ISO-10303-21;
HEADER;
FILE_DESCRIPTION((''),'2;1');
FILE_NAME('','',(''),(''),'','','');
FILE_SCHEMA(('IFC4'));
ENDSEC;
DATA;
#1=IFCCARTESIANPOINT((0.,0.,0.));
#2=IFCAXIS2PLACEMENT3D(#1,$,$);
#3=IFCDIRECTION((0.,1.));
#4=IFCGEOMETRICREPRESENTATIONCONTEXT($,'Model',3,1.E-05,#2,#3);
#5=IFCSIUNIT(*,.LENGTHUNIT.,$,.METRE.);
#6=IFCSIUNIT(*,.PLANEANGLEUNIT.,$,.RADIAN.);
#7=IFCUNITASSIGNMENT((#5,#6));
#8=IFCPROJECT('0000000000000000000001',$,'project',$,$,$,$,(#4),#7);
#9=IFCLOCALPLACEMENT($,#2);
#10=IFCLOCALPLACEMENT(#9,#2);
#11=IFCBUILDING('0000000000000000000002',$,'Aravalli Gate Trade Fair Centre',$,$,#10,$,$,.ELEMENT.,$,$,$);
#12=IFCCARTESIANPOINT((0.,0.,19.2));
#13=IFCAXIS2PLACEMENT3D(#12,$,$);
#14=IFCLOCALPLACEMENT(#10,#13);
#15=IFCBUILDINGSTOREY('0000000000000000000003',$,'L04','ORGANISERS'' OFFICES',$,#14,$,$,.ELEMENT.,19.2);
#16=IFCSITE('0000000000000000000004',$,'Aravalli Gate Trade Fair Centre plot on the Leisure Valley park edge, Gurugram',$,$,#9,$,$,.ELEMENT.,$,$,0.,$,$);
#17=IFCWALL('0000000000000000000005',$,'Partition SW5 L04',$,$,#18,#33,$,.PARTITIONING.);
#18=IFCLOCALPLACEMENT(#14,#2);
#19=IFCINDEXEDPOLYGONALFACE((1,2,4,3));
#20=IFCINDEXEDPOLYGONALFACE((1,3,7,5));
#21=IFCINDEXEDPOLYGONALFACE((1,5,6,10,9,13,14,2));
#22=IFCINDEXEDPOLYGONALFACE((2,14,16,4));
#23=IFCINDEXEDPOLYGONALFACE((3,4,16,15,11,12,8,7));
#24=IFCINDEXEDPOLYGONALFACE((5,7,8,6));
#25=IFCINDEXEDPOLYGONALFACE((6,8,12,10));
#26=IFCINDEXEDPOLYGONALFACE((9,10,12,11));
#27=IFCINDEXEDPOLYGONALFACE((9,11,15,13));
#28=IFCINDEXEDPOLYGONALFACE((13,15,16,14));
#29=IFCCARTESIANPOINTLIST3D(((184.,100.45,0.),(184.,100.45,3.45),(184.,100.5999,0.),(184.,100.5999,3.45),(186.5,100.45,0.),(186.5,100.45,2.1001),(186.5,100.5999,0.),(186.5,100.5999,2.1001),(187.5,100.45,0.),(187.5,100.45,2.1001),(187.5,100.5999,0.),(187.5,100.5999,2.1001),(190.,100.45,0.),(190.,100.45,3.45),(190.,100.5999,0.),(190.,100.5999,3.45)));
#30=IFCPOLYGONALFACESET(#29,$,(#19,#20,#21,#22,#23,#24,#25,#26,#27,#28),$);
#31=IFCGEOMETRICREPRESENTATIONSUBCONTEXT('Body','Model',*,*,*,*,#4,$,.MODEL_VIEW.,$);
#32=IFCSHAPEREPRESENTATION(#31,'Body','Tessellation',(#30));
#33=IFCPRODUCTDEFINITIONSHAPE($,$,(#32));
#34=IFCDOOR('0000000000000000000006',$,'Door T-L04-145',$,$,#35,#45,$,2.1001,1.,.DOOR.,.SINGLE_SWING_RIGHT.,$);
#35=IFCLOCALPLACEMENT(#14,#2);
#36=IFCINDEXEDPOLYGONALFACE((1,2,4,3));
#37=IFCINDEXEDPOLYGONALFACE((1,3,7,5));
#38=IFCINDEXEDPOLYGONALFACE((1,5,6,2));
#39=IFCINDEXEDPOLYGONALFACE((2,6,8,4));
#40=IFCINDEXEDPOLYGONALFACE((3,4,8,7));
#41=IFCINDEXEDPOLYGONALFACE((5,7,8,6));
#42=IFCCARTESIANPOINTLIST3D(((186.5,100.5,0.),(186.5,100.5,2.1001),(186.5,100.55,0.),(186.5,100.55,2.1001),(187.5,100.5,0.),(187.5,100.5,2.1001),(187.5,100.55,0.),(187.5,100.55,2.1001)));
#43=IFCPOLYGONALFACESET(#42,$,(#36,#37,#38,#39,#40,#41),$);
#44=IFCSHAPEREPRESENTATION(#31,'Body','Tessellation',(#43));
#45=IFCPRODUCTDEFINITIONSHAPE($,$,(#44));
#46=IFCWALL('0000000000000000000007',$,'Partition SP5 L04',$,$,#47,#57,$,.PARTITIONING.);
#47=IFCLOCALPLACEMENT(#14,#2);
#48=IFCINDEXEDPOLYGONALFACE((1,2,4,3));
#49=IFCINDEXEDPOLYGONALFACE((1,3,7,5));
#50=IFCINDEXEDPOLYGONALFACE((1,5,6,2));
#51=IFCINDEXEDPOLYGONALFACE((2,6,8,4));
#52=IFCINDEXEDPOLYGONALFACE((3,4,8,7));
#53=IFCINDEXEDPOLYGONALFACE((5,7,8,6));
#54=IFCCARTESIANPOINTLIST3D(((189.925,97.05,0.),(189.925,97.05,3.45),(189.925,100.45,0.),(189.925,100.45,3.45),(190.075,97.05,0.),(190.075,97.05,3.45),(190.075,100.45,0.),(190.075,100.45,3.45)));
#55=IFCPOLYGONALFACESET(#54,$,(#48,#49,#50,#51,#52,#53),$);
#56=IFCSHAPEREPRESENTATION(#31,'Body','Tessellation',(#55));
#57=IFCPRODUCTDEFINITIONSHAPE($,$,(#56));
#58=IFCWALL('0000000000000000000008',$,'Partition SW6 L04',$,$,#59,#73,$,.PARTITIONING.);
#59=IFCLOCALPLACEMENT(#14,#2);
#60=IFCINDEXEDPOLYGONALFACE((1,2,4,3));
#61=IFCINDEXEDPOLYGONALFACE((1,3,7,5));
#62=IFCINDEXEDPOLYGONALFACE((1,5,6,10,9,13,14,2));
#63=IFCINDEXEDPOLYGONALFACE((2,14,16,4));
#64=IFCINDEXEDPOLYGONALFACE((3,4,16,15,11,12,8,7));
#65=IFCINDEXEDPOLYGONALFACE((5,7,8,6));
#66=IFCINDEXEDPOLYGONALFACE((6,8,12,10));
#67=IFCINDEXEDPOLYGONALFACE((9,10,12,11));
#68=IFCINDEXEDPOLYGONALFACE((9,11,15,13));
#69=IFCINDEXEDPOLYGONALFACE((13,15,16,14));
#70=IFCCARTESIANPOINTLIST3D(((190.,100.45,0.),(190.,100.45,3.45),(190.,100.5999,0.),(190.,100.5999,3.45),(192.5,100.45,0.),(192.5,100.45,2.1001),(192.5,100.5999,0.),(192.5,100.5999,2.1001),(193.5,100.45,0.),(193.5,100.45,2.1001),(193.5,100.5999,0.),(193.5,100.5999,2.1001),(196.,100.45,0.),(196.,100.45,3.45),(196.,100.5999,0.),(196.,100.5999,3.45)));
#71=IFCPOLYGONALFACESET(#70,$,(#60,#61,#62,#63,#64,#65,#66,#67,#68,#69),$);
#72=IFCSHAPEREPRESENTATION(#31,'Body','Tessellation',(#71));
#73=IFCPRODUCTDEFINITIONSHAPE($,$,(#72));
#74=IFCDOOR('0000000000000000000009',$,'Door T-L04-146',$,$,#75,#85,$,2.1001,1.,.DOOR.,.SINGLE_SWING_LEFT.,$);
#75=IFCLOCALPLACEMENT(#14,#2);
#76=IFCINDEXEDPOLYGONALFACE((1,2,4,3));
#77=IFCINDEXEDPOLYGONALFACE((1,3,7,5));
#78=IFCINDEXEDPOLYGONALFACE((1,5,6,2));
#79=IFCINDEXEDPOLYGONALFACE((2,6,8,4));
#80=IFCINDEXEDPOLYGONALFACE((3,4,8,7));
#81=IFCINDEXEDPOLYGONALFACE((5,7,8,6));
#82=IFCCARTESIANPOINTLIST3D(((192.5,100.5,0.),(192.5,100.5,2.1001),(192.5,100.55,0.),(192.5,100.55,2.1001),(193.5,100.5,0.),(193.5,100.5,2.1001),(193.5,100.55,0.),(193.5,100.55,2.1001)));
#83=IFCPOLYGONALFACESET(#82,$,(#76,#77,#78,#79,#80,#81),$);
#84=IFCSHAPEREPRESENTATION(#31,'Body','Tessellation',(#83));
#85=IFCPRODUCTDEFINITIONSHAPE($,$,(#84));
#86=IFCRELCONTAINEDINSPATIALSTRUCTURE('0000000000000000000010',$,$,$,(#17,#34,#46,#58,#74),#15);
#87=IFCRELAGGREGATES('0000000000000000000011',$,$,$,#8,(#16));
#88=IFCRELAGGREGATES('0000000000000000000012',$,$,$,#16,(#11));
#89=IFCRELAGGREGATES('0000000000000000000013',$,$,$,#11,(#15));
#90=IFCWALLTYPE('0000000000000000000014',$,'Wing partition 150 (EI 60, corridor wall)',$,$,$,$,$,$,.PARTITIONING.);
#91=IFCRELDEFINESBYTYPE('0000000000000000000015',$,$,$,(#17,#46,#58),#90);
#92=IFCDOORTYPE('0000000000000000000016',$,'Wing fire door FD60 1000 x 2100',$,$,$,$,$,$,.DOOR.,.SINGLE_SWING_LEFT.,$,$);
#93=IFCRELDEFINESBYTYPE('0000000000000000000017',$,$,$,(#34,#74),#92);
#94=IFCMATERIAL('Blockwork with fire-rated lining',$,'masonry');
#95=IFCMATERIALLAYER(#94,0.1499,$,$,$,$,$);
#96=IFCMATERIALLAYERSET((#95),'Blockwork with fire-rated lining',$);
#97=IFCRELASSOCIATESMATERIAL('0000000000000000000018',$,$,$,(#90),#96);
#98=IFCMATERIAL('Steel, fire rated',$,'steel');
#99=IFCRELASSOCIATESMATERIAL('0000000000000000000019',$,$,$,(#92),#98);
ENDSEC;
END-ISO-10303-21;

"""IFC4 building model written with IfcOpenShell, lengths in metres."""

from ifc_helpers import new_model, si_unit, direction, frame, frame_2d, origin, place, context, subcontext, project, spatial, rectangle, extrude, material, layer, layer_set, type_object, element, fill, save


model = new_model("IFC4")

# Units and contexts
model_context = context("Model", 3, precision=1e-05, world=origin(), true_north=direction((0.0, 1.0)))
body_context = subcontext(model_context, "Body", "Model", "MODEL_VIEW")
ifc_project = project(units=[si_unit("LENGTHUNIT", "METRE"), si_unit("PLANEANGLEUNIT", "RADIAN")], contexts=[model_context])

# Site, building, storey
site_placement = place(None, origin())
site = spatial("IfcSite", under=ifc_project, at=site_placement, Name="Aravalli Gate Trade Fair Centre plot on the Leisure Valley park edge, Gurugram", CompositionType="ELEMENT", RefElevation=0.0)
building_placement = place(site_placement, origin())
building = spatial("IfcBuilding", under=site, at=building_placement, Name="Aravalli Gate Trade Fair Centre", CompositionType="ELEMENT")
storey_placement = place(building_placement, frame((0.0, 0.0, 19.2)))
storey = spatial("IfcBuildingStorey", under=building, at=storey_placement, Name="L04", Description="ORGANISERS' OFFICES", CompositionType="ELEMENT", Elevation=19.2)

# Shared definitions
ifc_material_1 = material(Name="Steel, fire rated", Category="steel")

# Shared definitions
ifc_material_2 = material(Name="Blockwork with fire-rated lining", Category="masonry")
ifc_layer_1 = layer(ifc_material_2, 0.1499)
ifc_layer_set_1 = layer_set([ifc_layer_1], Name="Blockwork with fire-rated lining")
wall_type_1 = type_object("IfcWallType", Name="Wing partition 150 (EI 60, corridor wall)", PredefinedType="PARTITIONING", material=ifc_layer_set_1)

# Shared definitions
door_type_1 = type_object("IfcDoorType", Name="Wing fire door FD60 1000 x 2100", OperationType="SINGLE_SWING_LEFT", PredefinedType="DOOR", material=ifc_material_1)

# Wall, opening, door
wall_1_placement = place(storey_placement, frame((184.0, 100.5249, 0.0), z_axis=(0.0, 0.0, 1.0), x_axis=(1.0, 0.0, 0.0)))
wall_1 = element("IfcWall", 1, at=wall_1_placement, inside=storey, type_object=wall_type_1, Name="Partition SW5 L04", PredefinedType="PARTITIONING", context=body_context, shape_type="SweptSolid", body=[
    extrude(rectangle(XDim=6.0, YDim=0.1499, at=frame_2d((3.0, 0.0))), origin(), (0.0, 0.0, 1.0), 3.45),
])
opening_1_placement = place(wall_1_placement, frame((2.5, 0.0, 0.0)))
opening_1 = element("IfcOpeningElement", 2, at=opening_1_placement, cuts=wall_1, PredefinedType="OPENING", context=body_context, shape_type="SweptSolid", body=[
    extrude(rectangle(XDim=1.0, YDim=2.1001, at=frame_2d((0.5, 1.05))), frame((0.0, 0.085, 0.0), z_axis=(0.0, -1.0, 0.0), x_axis=(1.0, 0.0, 0.0)), (0.0, 0.0, 1.0), 0.1699),
])
door_1_placement = place(opening_1_placement, frame((1.0, 0.0, 0.0), z_axis=(0.0, 0.0, 1.0), x_axis=(-1.0, 0.0, 0.0)))
door_1 = element("IfcDoor", 3, at=door_1_placement, inside=storey, type_object=door_type_1, Name="Door T-L04-145", OperationType="SINGLE_SWING_RIGHT", OverallHeight=2.1001, OverallWidth=1.0, PredefinedType="DOOR", context=body_context, shape_type="SweptSolid", body=[
    extrude(rectangle(XDim=1.0, YDim=2.1001, at=frame_2d((0.5, 1.05))), frame((0.0, 0.0249, 0.0), z_axis=(0.0, -1.0, 0.0), x_axis=(1.0, 0.0, 0.0)), (0.0, 0.0, 1.0), 0.05),
])
fill(opening_1, door_1)

# Wall
wall_2_placement = place(storey_placement, frame((190.0, 97.05, 0.0), z_axis=(0.0, 0.0, 1.0), x_axis=(0.0, 1.0, 0.0)))
element("IfcWall", 4, at=wall_2_placement, inside=storey, type_object=wall_type_1, Name="Partition SP5 L04", PredefinedType="PARTITIONING", context=body_context, shape_type="SweptSolid", body=[
    extrude(rectangle(XDim=3.3999, YDim=0.1499, at=frame_2d((1.7, 0.0))), origin(), (0.0, 0.0, 1.0), 3.45),
])

# Wall, opening, door
wall_3_placement = place(storey_placement, frame((190.0, 100.5249, 0.0), z_axis=(0.0, 0.0, 1.0), x_axis=(1.0, 0.0, 0.0)))
wall_3 = element("IfcWall", 5, at=wall_3_placement, inside=storey, type_object=wall_type_1, Name="Partition SW6 L04", PredefinedType="PARTITIONING", context=body_context, shape_type="SweptSolid", body=[
    extrude(rectangle(XDim=6.0, YDim=0.1499, at=frame_2d((3.0, 0.0))), origin(), (0.0, 0.0, 1.0), 3.45),
])
opening_2_placement = place(wall_3_placement, frame((2.5, 0.0, 0.0)))
opening_2 = element("IfcOpeningElement", 6, at=opening_2_placement, cuts=wall_3, PredefinedType="OPENING", context=body_context, shape_type="SweptSolid", body=[
    extrude(rectangle(XDim=1.0, YDim=2.1001, at=frame_2d((0.5, 1.05))), frame((0.0, 0.085, 0.0), z_axis=(0.0, -1.0, 0.0), x_axis=(1.0, 0.0, 0.0)), (0.0, 0.0, 1.0), 0.1699),
])
door_2_placement = place(opening_2_placement, frame((1.0, 0.0, 0.0), z_axis=(0.0, 0.0, 1.0), x_axis=(-1.0, 0.0, 0.0)))
door_2 = element("IfcDoor", 7, at=door_2_placement, inside=storey, type_object=door_type_1, Name="Door T-L04-146", OperationType="SINGLE_SWING_LEFT", OverallHeight=2.1001, OverallWidth=1.0, PredefinedType="DOOR", context=body_context, shape_type="SweptSolid", body=[
    extrude(rectangle(XDim=1.0, YDim=2.1001, at=frame_2d((0.5, 1.05))), frame((0.0, 0.0249, 0.0), z_axis=(0.0, -1.0, 0.0), x_axis=(1.0, 0.0, 0.0)), (0.0, 0.0, 1.0), 0.05),
])
fill(opening_2, door_2)

save(model, "model.ifc")
